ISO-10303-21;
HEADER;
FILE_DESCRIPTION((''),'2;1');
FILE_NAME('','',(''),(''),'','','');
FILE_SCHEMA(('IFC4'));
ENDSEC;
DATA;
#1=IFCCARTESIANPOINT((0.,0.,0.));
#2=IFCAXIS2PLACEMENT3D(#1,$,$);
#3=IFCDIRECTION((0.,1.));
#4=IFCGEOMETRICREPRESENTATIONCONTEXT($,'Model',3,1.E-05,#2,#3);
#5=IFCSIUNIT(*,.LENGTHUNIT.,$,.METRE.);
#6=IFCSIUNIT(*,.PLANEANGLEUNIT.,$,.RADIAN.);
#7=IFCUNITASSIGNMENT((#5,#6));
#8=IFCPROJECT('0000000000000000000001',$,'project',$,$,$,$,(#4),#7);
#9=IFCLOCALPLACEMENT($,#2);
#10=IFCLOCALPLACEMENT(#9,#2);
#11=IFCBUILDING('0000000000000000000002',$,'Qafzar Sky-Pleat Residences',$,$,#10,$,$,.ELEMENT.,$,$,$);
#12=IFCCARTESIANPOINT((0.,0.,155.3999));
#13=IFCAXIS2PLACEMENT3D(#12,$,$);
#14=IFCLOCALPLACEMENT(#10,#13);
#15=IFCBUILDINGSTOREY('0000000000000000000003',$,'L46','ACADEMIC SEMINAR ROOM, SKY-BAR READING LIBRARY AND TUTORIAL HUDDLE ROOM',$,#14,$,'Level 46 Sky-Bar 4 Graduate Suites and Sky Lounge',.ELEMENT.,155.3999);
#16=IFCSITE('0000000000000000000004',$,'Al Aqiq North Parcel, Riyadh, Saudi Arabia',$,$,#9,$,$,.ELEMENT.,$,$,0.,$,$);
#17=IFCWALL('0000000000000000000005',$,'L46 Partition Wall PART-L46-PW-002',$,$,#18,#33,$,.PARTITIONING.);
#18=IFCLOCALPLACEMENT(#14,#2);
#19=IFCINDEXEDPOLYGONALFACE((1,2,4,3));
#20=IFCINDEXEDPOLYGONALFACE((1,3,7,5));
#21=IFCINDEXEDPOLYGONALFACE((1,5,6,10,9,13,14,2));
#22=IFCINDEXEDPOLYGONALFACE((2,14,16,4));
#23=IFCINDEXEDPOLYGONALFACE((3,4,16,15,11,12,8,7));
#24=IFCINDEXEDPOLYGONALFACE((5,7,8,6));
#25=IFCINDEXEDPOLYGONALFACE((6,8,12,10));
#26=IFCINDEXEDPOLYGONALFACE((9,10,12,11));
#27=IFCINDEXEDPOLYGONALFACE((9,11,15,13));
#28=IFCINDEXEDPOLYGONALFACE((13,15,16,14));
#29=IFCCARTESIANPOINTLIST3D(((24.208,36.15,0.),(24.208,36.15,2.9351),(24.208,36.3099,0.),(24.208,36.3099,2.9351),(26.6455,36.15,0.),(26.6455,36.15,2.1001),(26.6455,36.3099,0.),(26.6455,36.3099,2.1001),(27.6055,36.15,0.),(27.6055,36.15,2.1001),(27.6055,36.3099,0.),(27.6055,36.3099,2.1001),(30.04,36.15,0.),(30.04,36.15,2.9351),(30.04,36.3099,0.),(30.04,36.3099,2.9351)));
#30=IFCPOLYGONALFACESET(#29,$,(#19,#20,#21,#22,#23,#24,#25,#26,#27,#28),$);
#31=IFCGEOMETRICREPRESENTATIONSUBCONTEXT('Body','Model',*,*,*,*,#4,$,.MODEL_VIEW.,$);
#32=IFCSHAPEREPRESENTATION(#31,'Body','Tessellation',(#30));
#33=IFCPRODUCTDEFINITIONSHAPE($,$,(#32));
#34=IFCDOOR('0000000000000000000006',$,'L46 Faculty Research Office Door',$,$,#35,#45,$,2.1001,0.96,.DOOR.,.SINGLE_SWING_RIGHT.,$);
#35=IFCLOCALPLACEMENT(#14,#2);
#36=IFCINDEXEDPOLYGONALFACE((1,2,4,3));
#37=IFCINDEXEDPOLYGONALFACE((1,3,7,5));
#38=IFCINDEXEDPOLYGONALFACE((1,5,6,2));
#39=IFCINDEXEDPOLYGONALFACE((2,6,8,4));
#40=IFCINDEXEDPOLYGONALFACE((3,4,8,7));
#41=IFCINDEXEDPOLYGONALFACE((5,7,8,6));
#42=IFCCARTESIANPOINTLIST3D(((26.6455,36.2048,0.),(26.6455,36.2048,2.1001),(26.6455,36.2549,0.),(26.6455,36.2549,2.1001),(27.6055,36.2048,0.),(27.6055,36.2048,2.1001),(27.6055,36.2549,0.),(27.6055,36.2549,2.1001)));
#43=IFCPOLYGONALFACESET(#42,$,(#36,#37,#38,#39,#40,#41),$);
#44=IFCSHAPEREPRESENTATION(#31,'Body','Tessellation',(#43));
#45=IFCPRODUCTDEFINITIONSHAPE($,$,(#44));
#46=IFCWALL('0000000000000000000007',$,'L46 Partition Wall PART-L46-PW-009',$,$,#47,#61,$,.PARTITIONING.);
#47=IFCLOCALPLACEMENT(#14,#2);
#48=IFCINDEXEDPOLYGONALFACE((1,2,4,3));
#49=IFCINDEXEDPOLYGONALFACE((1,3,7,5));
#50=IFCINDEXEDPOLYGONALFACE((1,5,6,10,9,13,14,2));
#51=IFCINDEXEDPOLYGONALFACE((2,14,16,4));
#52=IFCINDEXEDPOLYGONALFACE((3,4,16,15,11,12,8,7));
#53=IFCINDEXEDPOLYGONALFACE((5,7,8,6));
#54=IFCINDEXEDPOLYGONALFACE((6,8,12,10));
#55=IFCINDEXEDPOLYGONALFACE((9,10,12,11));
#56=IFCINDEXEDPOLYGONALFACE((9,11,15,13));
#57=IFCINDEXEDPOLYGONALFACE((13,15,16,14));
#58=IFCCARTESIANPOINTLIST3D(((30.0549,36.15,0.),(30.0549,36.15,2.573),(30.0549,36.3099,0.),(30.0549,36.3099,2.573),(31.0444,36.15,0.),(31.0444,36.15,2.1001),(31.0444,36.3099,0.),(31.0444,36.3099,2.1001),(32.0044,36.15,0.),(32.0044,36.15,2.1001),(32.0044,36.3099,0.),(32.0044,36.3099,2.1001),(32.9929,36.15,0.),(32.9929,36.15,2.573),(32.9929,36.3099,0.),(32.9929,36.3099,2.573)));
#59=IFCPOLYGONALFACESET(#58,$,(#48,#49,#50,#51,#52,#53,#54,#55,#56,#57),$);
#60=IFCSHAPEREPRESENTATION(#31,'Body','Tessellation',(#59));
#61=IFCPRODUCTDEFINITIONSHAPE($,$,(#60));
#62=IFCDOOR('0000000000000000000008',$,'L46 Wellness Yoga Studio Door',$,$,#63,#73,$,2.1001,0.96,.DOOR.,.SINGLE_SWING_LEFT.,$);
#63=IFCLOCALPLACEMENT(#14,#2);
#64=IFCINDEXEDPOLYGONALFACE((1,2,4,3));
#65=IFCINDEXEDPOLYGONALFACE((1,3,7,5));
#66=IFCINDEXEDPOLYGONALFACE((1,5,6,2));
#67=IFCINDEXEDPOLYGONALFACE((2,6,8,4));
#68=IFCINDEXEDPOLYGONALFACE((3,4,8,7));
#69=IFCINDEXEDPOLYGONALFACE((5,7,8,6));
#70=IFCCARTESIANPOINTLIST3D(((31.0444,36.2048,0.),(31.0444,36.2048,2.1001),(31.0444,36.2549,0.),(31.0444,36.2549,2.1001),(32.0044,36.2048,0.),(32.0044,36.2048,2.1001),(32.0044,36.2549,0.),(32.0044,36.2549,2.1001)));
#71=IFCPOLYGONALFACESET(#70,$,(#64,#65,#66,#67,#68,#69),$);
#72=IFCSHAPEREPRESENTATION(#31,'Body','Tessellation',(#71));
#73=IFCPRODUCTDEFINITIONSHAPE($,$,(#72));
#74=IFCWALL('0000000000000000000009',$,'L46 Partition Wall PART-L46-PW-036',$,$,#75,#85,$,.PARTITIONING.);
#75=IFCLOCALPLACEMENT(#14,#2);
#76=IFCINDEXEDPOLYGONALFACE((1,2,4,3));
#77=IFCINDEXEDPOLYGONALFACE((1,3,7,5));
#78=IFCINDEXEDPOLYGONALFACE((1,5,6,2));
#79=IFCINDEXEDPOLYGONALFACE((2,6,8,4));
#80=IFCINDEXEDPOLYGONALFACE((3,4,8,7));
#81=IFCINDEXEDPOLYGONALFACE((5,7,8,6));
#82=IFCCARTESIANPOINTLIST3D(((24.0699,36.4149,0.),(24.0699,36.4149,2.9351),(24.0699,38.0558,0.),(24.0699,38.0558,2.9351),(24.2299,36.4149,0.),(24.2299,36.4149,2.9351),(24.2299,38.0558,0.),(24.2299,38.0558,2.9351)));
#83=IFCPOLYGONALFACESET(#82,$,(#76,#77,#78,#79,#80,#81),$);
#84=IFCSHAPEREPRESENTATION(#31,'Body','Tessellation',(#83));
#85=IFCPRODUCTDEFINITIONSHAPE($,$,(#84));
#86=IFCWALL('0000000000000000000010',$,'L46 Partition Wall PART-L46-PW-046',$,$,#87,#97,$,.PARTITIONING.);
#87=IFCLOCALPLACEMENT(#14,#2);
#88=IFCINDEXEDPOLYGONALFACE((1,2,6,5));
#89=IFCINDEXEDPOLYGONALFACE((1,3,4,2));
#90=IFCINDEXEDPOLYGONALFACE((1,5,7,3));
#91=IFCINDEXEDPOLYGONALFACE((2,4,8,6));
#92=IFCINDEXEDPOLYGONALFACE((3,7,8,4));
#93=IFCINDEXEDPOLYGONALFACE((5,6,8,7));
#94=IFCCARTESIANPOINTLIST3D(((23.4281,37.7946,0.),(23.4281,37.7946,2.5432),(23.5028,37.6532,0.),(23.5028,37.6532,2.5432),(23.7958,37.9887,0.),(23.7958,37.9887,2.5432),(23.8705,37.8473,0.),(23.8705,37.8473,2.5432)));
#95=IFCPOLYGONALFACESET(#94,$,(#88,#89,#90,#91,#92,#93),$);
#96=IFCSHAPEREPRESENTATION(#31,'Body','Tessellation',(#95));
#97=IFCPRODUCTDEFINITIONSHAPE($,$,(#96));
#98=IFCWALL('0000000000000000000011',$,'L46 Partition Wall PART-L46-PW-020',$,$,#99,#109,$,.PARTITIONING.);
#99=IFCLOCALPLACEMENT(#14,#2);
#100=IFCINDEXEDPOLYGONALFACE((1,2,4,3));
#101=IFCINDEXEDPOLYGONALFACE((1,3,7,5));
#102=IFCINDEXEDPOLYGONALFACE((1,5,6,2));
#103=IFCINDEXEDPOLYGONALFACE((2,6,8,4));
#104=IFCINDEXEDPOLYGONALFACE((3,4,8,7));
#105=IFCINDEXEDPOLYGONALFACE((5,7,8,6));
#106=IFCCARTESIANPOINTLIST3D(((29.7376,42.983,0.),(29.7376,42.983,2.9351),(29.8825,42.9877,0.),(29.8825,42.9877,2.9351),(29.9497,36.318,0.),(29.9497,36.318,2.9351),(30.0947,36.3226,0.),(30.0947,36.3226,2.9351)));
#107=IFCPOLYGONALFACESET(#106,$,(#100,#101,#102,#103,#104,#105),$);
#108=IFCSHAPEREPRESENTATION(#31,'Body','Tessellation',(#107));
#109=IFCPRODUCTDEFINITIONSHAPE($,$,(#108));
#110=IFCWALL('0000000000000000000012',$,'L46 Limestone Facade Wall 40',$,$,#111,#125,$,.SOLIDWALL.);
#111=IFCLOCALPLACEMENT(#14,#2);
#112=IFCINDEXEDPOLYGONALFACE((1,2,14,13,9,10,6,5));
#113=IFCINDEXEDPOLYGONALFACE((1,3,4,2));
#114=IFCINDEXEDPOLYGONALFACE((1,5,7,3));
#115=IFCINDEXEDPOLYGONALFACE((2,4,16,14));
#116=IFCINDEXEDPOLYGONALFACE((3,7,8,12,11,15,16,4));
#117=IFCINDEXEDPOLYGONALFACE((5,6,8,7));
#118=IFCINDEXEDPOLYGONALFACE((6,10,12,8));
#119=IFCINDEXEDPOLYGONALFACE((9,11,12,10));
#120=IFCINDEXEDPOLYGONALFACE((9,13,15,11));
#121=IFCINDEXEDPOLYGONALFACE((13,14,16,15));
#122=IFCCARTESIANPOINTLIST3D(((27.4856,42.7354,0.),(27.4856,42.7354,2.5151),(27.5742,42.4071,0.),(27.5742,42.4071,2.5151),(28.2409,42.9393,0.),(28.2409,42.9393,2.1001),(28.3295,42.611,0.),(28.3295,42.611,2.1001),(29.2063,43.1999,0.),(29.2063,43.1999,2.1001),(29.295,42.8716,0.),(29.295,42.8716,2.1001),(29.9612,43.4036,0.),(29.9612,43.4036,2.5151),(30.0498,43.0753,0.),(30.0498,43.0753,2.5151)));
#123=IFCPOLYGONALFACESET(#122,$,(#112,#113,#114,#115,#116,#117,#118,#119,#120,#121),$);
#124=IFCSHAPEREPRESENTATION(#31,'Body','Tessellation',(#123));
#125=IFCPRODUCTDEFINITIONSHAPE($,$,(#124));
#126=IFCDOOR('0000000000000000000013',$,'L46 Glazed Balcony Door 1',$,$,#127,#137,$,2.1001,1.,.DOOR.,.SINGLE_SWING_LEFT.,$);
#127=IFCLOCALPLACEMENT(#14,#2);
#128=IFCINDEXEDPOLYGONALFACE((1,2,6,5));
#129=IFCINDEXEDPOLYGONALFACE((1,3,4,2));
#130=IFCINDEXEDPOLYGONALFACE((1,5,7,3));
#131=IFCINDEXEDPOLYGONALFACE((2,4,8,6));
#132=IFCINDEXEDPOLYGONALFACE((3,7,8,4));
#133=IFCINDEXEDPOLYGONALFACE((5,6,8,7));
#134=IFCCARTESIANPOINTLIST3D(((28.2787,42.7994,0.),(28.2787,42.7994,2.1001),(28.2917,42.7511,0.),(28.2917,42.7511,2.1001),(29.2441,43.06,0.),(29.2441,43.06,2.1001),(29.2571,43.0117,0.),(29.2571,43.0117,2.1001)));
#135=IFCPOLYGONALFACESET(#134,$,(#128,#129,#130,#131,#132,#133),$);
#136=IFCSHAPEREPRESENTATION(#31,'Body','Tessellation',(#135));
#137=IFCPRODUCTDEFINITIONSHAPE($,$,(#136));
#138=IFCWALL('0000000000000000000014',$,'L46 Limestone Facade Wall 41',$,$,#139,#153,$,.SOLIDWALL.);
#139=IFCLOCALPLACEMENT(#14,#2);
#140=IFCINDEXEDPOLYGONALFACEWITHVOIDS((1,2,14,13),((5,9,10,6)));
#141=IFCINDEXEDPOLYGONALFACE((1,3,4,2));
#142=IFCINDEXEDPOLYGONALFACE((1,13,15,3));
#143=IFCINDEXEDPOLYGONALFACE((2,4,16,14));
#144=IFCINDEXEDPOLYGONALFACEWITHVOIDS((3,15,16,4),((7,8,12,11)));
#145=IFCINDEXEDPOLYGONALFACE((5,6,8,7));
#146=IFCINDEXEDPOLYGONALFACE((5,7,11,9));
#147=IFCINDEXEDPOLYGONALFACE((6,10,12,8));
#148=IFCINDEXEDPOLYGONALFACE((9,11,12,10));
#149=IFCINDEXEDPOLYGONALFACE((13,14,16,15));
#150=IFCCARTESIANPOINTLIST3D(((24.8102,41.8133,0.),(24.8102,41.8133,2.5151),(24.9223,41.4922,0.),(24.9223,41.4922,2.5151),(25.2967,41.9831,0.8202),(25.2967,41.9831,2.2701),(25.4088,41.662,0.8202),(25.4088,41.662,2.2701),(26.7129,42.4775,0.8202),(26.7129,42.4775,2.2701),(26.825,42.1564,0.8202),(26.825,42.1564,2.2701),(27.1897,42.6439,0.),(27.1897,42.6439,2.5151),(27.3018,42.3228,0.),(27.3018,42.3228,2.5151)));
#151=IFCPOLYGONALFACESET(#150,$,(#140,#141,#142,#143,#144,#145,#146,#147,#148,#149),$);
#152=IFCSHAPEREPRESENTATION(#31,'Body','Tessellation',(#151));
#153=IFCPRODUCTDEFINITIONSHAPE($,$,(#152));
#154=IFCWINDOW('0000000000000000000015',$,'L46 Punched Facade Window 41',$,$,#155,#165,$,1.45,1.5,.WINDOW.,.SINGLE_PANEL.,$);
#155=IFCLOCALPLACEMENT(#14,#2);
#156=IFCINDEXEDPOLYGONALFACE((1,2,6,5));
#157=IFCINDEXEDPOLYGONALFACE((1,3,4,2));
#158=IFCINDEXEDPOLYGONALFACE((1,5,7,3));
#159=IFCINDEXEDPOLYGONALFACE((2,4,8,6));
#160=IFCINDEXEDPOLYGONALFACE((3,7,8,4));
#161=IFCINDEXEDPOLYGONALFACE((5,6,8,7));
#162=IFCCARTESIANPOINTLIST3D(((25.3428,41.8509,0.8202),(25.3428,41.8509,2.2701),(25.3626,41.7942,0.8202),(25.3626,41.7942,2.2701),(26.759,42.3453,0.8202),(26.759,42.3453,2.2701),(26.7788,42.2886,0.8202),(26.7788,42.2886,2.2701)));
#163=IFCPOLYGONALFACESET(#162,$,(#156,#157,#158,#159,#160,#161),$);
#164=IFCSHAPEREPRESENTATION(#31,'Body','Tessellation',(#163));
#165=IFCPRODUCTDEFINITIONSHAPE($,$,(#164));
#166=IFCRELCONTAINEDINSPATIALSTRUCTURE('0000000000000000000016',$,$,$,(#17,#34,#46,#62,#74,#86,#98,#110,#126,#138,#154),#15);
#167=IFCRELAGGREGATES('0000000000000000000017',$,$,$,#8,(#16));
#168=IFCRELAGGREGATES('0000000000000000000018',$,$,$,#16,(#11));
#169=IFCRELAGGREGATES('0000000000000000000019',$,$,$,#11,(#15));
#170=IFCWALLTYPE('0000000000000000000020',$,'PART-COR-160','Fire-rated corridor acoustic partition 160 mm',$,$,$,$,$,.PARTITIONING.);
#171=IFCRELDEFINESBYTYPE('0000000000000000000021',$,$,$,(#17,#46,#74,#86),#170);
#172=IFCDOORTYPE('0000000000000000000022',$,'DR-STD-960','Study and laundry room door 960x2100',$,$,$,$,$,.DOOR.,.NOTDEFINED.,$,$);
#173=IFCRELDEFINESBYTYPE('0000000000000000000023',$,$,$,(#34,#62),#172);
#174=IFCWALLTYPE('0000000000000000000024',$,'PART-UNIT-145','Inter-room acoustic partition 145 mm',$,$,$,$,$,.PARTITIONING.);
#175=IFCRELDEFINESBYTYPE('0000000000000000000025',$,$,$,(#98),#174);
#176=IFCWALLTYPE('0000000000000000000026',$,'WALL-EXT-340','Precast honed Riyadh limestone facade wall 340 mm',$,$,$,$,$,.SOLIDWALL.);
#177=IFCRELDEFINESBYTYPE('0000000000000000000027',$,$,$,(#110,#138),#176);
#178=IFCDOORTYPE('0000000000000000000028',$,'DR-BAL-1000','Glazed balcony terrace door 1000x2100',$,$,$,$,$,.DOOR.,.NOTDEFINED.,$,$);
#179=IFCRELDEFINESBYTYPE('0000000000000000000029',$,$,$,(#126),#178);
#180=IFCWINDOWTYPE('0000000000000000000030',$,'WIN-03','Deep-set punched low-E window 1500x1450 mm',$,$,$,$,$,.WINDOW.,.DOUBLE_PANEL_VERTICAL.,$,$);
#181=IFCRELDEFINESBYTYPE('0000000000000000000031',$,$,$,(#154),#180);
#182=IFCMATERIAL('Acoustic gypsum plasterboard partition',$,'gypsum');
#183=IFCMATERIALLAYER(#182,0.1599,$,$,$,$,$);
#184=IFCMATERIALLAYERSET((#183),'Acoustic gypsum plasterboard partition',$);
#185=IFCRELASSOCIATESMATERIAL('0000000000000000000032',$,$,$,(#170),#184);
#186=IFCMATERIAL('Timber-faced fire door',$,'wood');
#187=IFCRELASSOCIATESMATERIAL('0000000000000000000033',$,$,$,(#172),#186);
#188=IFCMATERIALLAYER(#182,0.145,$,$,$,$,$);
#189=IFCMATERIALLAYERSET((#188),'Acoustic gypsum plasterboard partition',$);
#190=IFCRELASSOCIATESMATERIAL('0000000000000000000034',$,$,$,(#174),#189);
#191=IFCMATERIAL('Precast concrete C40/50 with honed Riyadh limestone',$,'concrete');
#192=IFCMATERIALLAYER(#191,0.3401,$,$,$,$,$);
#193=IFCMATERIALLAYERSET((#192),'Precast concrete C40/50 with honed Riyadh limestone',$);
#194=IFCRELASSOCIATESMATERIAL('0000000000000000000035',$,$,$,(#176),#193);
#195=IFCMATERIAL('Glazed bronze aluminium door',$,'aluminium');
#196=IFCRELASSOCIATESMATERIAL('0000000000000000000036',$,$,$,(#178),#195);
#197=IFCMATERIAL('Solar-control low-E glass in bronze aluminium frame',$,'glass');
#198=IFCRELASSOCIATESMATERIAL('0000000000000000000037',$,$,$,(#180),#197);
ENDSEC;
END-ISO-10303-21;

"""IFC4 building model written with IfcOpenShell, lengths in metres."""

from ifc_helpers import new_model, si_unit, direction, frame, frame_2d, origin, place, context, subcontext, project, spatial, rectangle, extrude, source, transform, mapped, material, layer, layer_set, type_object, element, fill, save


model = new_model("IFC4")

# Units and contexts
model_context = context("Model", 3, precision=1e-05, world=origin(), true_north=direction((0.0, 1.0)))
body_context = subcontext(model_context, "Body", "Model", "MODEL_VIEW")
ifc_project = project(units=[si_unit("LENGTHUNIT", "METRE"), si_unit("PLANEANGLEUNIT", "RADIAN")], contexts=[model_context])

# Site, building, storey
site_placement = place(None, origin())
site = spatial("IfcSite", under=ifc_project, at=site_placement, Name="Al Aqiq North Parcel, Riyadh, Saudi Arabia", CompositionType="ELEMENT", RefElevation=0.0)
building_placement = place(site_placement, origin())
building = spatial("IfcBuilding", under=site, at=building_placement, Name="Qafzar Sky-Pleat Residences", CompositionType="ELEMENT")
storey_placement = place(building_placement, frame((0.0, 0.0, 155.3999)))
storey = spatial("IfcBuildingStorey", under=building, at=storey_placement, Name="L46", Description="ACADEMIC SEMINAR ROOM, SKY-BAR READING LIBRARY AND TUTORIAL HUDDLE ROOM", LongName="Level 46 Sky-Bar 4 Graduate Suites and Sky Lounge", CompositionType="ELEMENT", Elevation=155.3999)

# Walls, openings, doors
ifc_material_1 = material(Name="Acoustic gypsum plasterboard partition", Category="gypsum")
ifc_layer_1 = layer(ifc_material_1, 0.1599)
ifc_layer_set_1 = layer_set([ifc_layer_1], Name="Acoustic gypsum plasterboard partition")
wall_type_1 = type_object("IfcWallType", Name="PART-COR-160", Description="Fire-rated corridor acoustic partition 160 mm", PredefinedType="PARTITIONING", material=ifc_layer_set_1)
wall_1_placement = place(storey_placement, frame((24.208, 36.23, 0.0), z_axis=(0.0, 0.0, 1.0), x_axis=(1.0, 0.0, 0.0)))
wall_1 = element("IfcWall", 1, at=wall_1_placement, inside=storey, type_object=wall_type_1, Name="L46 Partition Wall PART-L46-PW-002", PredefinedType="PARTITIONING", context=body_context, shape_type="SweptSolid", body=[
    extrude(rectangle(XDim=5.832, YDim=0.1599, at=frame_2d((2.916, 0.0))), origin(), (0.0, 0.0, 1.0), 2.9351),
])
opening_1_placement = place(wall_1_placement, frame((2.4375, 0.0, 0.0)))
opening_1 = element("IfcOpeningElement", 2, at=opening_1_placement, cuts=wall_1, PredefinedType="OPENING", context=body_context, shape_type="SweptSolid", body=[
    extrude(rectangle(XDim=0.96, YDim=2.1001, at=frame_2d((0.48, 1.05))), frame((0.0, 0.0898, 0.0), z_axis=(0.0, -1.0, 0.0), x_axis=(1.0, 0.0, 0.0)), (0.0, 0.0, 1.0), 0.1799),
])
ifc_material_2 = material(Name="Timber-faced fire door", Category="wood")
door_type_1 = type_object("IfcDoorType", Name="DR-STD-960", Description="Study and laundry room door 960x2100", OperationType="NOTDEFINED", PredefinedType="DOOR", material=ifc_material_2)
shared_shape_1 = source(origin(), body_context, "Body", "SweptSolid", [
    extrude(rectangle(XDim=0.96, YDim=2.1001, at=frame_2d((0.48, 1.05))), frame((0.0, 0.0249, 0.0), z_axis=(0.0, -1.0, 0.0), x_axis=(1.0, 0.0, 0.0)), (0.0, 0.0, 1.0), 0.05),
])
door_1_placement = place(opening_1_placement, origin())
door_1 = element("IfcDoor", 3, at=door_1_placement, inside=storey, type_object=door_type_1, Name="L46 Faculty Research Office Door", OperationType="SINGLE_SWING_RIGHT", OverallHeight=2.1001, OverallWidth=0.96, PredefinedType="DOOR", context=body_context, shape_type="MappedRepresentation", body=[
    mapped(shared_shape_1, transform((0.0, 0.0, 0.0), x_axis=(1.0, 0.0, 0.0), y_axis=(0.0, 1.0, 0.0), z_axis=(0.0, 0.0, 1.0), scale=1.0)),
])
fill(opening_1, door_1)
wall_2_placement = place(storey_placement, frame((30.0549, 36.23, 0.0), z_axis=(0.0, 0.0, 1.0), x_axis=(1.0, 0.0, 0.0)))
wall_2 = element("IfcWall", 4, at=wall_2_placement, inside=storey, type_object=wall_type_1, Name="L46 Partition Wall PART-L46-PW-009", PredefinedType="PARTITIONING", context=body_context, shape_type="SweptSolid", body=[
    extrude(rectangle(XDim=2.938, YDim=0.1599, at=frame_2d((1.469, 0.0))), origin(), (0.0, 0.0, 1.0), 2.573),
])
opening_2_placement = place(wall_2_placement, frame((0.9895, 0.0, 0.0)))
opening_2 = element("IfcOpeningElement", 5, at=opening_2_placement, cuts=wall_2, PredefinedType="OPENING", context=body_context, shape_type="SweptSolid", body=[
    extrude(rectangle(XDim=0.96, YDim=2.1001, at=frame_2d((0.48, 1.05))), frame((0.0, 0.0898, 0.0), z_axis=(0.0, -1.0, 0.0), x_axis=(1.0, 0.0, 0.0)), (0.0, 0.0, 1.0), 0.1799),
])
door_2_placement = place(opening_2_placement, origin())
door_2 = element("IfcDoor", 6, at=door_2_placement, inside=storey, type_object=door_type_1, Name="L46 Wellness Yoga Studio Door", OperationType="SINGLE_SWING_LEFT", OverallHeight=2.1001, OverallWidth=0.96, PredefinedType="DOOR", context=body_context, shape_type="MappedRepresentation", body=[
    mapped(shared_shape_1, transform((0.0, 0.0, 0.0), x_axis=(1.0, 0.0, 0.0), y_axis=(0.0, 1.0, 0.0), z_axis=(0.0, 0.0, 1.0), scale=1.0)),
])
fill(opening_2, door_2)

# Walls
wall_3_placement = place(storey_placement, frame((24.1499, 36.415, 0.0), z_axis=(0.0, 0.0, 1.0), x_axis=(0.0, 1.0, 0.0)))
element("IfcWall", 7, at=wall_3_placement, inside=storey, type_object=wall_type_1, Name="L46 Partition Wall PART-L46-PW-036", PredefinedType="PARTITIONING", context=body_context, shape_type="SweptSolid", body=[
    extrude(rectangle(XDim=1.6409, YDim=0.1599, at=frame_2d((0.8203, 0.0))), origin(), (0.0, 0.0, 1.0), 2.9351),
])
wall_4_placement = place(storey_placement, frame((23.4653, 37.7239, 0.0), z_axis=(0.0, 0.0, 1.0), x_axis=(0.884344, 0.466835, 0.0)))
element("IfcWall", 8, at=wall_4_placement, inside=storey, type_object=wall_type_1, Name="L46 Partition Wall PART-L46-PW-046", PredefinedType="PARTITIONING", context=body_context, shape_type="SweptSolid", body=[
    extrude(rectangle(XDim=0.4158, YDim=0.1599, at=frame_2d((0.208, 0.0))), origin(), (0.0, 0.0, 1.0), 2.5432),
])
ifc_layer_2 = layer(ifc_material_1, 0.145)
ifc_layer_set_2 = layer_set([ifc_layer_2], Name="Acoustic gypsum plasterboard partition")
wall_type_2 = type_object("IfcWallType", Name="PART-UNIT-145", Description="Inter-room acoustic partition 145 mm", PredefinedType="PARTITIONING", material=ifc_layer_set_2)
wall_5_placement = place(storey_placement, frame((29.8101, 42.9854, 0.0), z_axis=(0.0, 0.0, 1.0), x_axis=(0.031815, -0.999494, 0.0)))
element("IfcWall", 9, at=wall_5_placement, inside=storey, type_object=wall_type_2, Name="L46 Partition Wall PART-L46-PW-020", PredefinedType="PARTITIONING", context=body_context, shape_type="SweptSolid", body=[
    extrude(rectangle(XDim=6.6685, YDim=0.145, at=frame_2d((3.3342, 0.0))), origin(), (0.0, 0.0, 1.0), 2.9351),
])

# Wall, opening, door
ifc_material_3 = material(Name="Precast concrete C40/50 with honed Riyadh limestone", Category="concrete")
ifc_layer_3 = layer(ifc_material_3, 0.3401)
ifc_layer_set_3 = layer_set([ifc_layer_3], Name="Precast concrete C40/50 with honed Riyadh limestone")
wall_type_3 = type_object("IfcWallType", Name="WALL-EXT-340", Description="Precast honed Riyadh limestone facade wall 340 mm", PredefinedType="SOLIDWALL", material=ifc_layer_set_3)
wall_6_placement = place(storey_placement, frame((30.0056, 43.2395, 0.0), z_axis=(0.0, 0.0, 1.0), x_axis=(-0.965448, -0.260595, 0.0)))
wall_6 = element("IfcWall", 10, at=wall_6_placement, inside=storey, type_object=wall_type_3, Name="L46 Limestone Facade Wall 40", PredefinedType="SOLIDWALL", context=body_context, shape_type="SweptSolid", body=[
    extrude(rectangle(XDim=2.5642, YDim=0.3401, at=frame_2d((1.2822, 0.0))), origin(), (0.0, 0.0, 1.0), 2.5151),
])
opening_3_placement = place(wall_6_placement, frame((0.782, 0.0, 0.0)))
opening_3 = element("IfcOpeningElement", 11, at=opening_3_placement, cuts=wall_6, PredefinedType="OPENING", context=body_context, shape_type="SweptSolid", body=[
    extrude(rectangle(XDim=1.0, YDim=2.1001, at=frame_2d((0.5, 1.05))), frame((0.0, 0.1802, 0.0), z_axis=(0.0, -1.0, 0.0), x_axis=(1.0, 0.0, 0.0)), (0.0, 0.0, 1.0), 0.3601),
])
ifc_material_4 = material(Name="Glazed bronze aluminium door", Category="aluminium")
door_type_2 = type_object("IfcDoorType", Name="DR-BAL-1000", Description="Glazed balcony terrace door 1000x2100", OperationType="NOTDEFINED", PredefinedType="DOOR", material=ifc_material_4)
shared_shape_2 = source(origin(), body_context, "Body", "SweptSolid", [
    extrude(rectangle(XDim=1.0, YDim=2.1001, at=frame_2d((0.5, 1.05))), frame((0.0, 0.0249, 0.0), z_axis=(0.0, -1.0, 0.0), x_axis=(1.0, 0.0, 0.0)), (0.0, 0.0, 1.0), 0.05),
])
door_3_placement = place(opening_3_placement, origin())
door_3 = element("IfcDoor", 12, at=door_3_placement, inside=storey, type_object=door_type_2, Name="L46 Glazed Balcony Door 1", OperationType="SINGLE_SWING_LEFT", OverallHeight=2.1001, OverallWidth=1.0, PredefinedType="DOOR", context=body_context, shape_type="MappedRepresentation", body=[
    mapped(shared_shape_2, transform((0.0, 0.0, 0.0), x_axis=(1.0, 0.0, 0.0), y_axis=(0.0, 1.0, 0.0), z_axis=(0.0, 0.0, 1.0), scale=1.0)),
])
fill(opening_3, door_3)

# Wall, opening, window
wall_7_placement = place(storey_placement, frame((27.2458, 42.4834, 0.0), z_axis=(0.0, 0.0, 1.0), x_axis=(-0.944133, -0.329565, 0.0)))
wall_7 = element("IfcWall", 13, at=wall_7_placement, inside=storey, type_object=wall_type_3, Name="L46 Limestone Facade Wall 41", PredefinedType="SOLIDWALL", context=body_context, shape_type="SweptSolid", body=[
    extrude(rectangle(XDim=2.5203, YDim=0.3401, at=frame_2d((1.2603, 0.0))), origin(), (0.0, 0.0, 1.0), 2.5151),
])
opening_4_placement = place(wall_7_placement, frame((0.5051, 0.0, 0.8201)))
opening_4 = element("IfcOpeningElement", 14, at=opening_4_placement, cuts=wall_7, PredefinedType="OPENING", context=body_context, shape_type="SweptSolid", body=[
    extrude(rectangle(XDim=1.5, YDim=1.45, at=frame_2d((0.75, 0.7251))), frame((0.0, 0.1802, 0.0), z_axis=(0.0, -1.0, 0.0), x_axis=(1.0, 0.0, 0.0)), (0.0, 0.0, 1.0), 0.3601),
])
ifc_material_5 = material(Name="Solar-control low-E glass in bronze aluminium frame", Category="glass")
window_type_1 = type_object("IfcWindowType", Name="WIN-03", Description="Deep-set punched low-E window 1500x1450 mm", PartitioningType="DOUBLE_PANEL_VERTICAL", PredefinedType="WINDOW", material=ifc_material_5)
shared_shape_3 = source(origin(), body_context, "Body", "SweptSolid", [
    extrude(rectangle(XDim=1.5, YDim=1.45, at=frame_2d((0.75, 0.7251))), frame((0.0, 0.03, 0.0), z_axis=(0.0, -1.0, 0.0), x_axis=(1.0, 0.0, 0.0)), (0.0, 0.0, 1.0), 0.0601),
])
window_1_placement = place(opening_4_placement, origin())
window_1 = element("IfcWindow", 15, at=window_1_placement, inside=storey, type_object=window_type_1, Name="L46 Punched Facade Window 41", OverallHeight=1.45, OverallWidth=1.5, PartitioningType="SINGLE_PANEL", PredefinedType="WINDOW", context=body_context, shape_type="MappedRepresentation", body=[
    mapped(shared_shape_3, transform((0.0, 0.0, 0.0), x_axis=(1.0, 0.0, 0.0), y_axis=(0.0, 1.0, 0.0), z_axis=(0.0, 0.0, 1.0), scale=1.0)),
])
fill(opening_4, window_1)

save(model, "model.ifc")
